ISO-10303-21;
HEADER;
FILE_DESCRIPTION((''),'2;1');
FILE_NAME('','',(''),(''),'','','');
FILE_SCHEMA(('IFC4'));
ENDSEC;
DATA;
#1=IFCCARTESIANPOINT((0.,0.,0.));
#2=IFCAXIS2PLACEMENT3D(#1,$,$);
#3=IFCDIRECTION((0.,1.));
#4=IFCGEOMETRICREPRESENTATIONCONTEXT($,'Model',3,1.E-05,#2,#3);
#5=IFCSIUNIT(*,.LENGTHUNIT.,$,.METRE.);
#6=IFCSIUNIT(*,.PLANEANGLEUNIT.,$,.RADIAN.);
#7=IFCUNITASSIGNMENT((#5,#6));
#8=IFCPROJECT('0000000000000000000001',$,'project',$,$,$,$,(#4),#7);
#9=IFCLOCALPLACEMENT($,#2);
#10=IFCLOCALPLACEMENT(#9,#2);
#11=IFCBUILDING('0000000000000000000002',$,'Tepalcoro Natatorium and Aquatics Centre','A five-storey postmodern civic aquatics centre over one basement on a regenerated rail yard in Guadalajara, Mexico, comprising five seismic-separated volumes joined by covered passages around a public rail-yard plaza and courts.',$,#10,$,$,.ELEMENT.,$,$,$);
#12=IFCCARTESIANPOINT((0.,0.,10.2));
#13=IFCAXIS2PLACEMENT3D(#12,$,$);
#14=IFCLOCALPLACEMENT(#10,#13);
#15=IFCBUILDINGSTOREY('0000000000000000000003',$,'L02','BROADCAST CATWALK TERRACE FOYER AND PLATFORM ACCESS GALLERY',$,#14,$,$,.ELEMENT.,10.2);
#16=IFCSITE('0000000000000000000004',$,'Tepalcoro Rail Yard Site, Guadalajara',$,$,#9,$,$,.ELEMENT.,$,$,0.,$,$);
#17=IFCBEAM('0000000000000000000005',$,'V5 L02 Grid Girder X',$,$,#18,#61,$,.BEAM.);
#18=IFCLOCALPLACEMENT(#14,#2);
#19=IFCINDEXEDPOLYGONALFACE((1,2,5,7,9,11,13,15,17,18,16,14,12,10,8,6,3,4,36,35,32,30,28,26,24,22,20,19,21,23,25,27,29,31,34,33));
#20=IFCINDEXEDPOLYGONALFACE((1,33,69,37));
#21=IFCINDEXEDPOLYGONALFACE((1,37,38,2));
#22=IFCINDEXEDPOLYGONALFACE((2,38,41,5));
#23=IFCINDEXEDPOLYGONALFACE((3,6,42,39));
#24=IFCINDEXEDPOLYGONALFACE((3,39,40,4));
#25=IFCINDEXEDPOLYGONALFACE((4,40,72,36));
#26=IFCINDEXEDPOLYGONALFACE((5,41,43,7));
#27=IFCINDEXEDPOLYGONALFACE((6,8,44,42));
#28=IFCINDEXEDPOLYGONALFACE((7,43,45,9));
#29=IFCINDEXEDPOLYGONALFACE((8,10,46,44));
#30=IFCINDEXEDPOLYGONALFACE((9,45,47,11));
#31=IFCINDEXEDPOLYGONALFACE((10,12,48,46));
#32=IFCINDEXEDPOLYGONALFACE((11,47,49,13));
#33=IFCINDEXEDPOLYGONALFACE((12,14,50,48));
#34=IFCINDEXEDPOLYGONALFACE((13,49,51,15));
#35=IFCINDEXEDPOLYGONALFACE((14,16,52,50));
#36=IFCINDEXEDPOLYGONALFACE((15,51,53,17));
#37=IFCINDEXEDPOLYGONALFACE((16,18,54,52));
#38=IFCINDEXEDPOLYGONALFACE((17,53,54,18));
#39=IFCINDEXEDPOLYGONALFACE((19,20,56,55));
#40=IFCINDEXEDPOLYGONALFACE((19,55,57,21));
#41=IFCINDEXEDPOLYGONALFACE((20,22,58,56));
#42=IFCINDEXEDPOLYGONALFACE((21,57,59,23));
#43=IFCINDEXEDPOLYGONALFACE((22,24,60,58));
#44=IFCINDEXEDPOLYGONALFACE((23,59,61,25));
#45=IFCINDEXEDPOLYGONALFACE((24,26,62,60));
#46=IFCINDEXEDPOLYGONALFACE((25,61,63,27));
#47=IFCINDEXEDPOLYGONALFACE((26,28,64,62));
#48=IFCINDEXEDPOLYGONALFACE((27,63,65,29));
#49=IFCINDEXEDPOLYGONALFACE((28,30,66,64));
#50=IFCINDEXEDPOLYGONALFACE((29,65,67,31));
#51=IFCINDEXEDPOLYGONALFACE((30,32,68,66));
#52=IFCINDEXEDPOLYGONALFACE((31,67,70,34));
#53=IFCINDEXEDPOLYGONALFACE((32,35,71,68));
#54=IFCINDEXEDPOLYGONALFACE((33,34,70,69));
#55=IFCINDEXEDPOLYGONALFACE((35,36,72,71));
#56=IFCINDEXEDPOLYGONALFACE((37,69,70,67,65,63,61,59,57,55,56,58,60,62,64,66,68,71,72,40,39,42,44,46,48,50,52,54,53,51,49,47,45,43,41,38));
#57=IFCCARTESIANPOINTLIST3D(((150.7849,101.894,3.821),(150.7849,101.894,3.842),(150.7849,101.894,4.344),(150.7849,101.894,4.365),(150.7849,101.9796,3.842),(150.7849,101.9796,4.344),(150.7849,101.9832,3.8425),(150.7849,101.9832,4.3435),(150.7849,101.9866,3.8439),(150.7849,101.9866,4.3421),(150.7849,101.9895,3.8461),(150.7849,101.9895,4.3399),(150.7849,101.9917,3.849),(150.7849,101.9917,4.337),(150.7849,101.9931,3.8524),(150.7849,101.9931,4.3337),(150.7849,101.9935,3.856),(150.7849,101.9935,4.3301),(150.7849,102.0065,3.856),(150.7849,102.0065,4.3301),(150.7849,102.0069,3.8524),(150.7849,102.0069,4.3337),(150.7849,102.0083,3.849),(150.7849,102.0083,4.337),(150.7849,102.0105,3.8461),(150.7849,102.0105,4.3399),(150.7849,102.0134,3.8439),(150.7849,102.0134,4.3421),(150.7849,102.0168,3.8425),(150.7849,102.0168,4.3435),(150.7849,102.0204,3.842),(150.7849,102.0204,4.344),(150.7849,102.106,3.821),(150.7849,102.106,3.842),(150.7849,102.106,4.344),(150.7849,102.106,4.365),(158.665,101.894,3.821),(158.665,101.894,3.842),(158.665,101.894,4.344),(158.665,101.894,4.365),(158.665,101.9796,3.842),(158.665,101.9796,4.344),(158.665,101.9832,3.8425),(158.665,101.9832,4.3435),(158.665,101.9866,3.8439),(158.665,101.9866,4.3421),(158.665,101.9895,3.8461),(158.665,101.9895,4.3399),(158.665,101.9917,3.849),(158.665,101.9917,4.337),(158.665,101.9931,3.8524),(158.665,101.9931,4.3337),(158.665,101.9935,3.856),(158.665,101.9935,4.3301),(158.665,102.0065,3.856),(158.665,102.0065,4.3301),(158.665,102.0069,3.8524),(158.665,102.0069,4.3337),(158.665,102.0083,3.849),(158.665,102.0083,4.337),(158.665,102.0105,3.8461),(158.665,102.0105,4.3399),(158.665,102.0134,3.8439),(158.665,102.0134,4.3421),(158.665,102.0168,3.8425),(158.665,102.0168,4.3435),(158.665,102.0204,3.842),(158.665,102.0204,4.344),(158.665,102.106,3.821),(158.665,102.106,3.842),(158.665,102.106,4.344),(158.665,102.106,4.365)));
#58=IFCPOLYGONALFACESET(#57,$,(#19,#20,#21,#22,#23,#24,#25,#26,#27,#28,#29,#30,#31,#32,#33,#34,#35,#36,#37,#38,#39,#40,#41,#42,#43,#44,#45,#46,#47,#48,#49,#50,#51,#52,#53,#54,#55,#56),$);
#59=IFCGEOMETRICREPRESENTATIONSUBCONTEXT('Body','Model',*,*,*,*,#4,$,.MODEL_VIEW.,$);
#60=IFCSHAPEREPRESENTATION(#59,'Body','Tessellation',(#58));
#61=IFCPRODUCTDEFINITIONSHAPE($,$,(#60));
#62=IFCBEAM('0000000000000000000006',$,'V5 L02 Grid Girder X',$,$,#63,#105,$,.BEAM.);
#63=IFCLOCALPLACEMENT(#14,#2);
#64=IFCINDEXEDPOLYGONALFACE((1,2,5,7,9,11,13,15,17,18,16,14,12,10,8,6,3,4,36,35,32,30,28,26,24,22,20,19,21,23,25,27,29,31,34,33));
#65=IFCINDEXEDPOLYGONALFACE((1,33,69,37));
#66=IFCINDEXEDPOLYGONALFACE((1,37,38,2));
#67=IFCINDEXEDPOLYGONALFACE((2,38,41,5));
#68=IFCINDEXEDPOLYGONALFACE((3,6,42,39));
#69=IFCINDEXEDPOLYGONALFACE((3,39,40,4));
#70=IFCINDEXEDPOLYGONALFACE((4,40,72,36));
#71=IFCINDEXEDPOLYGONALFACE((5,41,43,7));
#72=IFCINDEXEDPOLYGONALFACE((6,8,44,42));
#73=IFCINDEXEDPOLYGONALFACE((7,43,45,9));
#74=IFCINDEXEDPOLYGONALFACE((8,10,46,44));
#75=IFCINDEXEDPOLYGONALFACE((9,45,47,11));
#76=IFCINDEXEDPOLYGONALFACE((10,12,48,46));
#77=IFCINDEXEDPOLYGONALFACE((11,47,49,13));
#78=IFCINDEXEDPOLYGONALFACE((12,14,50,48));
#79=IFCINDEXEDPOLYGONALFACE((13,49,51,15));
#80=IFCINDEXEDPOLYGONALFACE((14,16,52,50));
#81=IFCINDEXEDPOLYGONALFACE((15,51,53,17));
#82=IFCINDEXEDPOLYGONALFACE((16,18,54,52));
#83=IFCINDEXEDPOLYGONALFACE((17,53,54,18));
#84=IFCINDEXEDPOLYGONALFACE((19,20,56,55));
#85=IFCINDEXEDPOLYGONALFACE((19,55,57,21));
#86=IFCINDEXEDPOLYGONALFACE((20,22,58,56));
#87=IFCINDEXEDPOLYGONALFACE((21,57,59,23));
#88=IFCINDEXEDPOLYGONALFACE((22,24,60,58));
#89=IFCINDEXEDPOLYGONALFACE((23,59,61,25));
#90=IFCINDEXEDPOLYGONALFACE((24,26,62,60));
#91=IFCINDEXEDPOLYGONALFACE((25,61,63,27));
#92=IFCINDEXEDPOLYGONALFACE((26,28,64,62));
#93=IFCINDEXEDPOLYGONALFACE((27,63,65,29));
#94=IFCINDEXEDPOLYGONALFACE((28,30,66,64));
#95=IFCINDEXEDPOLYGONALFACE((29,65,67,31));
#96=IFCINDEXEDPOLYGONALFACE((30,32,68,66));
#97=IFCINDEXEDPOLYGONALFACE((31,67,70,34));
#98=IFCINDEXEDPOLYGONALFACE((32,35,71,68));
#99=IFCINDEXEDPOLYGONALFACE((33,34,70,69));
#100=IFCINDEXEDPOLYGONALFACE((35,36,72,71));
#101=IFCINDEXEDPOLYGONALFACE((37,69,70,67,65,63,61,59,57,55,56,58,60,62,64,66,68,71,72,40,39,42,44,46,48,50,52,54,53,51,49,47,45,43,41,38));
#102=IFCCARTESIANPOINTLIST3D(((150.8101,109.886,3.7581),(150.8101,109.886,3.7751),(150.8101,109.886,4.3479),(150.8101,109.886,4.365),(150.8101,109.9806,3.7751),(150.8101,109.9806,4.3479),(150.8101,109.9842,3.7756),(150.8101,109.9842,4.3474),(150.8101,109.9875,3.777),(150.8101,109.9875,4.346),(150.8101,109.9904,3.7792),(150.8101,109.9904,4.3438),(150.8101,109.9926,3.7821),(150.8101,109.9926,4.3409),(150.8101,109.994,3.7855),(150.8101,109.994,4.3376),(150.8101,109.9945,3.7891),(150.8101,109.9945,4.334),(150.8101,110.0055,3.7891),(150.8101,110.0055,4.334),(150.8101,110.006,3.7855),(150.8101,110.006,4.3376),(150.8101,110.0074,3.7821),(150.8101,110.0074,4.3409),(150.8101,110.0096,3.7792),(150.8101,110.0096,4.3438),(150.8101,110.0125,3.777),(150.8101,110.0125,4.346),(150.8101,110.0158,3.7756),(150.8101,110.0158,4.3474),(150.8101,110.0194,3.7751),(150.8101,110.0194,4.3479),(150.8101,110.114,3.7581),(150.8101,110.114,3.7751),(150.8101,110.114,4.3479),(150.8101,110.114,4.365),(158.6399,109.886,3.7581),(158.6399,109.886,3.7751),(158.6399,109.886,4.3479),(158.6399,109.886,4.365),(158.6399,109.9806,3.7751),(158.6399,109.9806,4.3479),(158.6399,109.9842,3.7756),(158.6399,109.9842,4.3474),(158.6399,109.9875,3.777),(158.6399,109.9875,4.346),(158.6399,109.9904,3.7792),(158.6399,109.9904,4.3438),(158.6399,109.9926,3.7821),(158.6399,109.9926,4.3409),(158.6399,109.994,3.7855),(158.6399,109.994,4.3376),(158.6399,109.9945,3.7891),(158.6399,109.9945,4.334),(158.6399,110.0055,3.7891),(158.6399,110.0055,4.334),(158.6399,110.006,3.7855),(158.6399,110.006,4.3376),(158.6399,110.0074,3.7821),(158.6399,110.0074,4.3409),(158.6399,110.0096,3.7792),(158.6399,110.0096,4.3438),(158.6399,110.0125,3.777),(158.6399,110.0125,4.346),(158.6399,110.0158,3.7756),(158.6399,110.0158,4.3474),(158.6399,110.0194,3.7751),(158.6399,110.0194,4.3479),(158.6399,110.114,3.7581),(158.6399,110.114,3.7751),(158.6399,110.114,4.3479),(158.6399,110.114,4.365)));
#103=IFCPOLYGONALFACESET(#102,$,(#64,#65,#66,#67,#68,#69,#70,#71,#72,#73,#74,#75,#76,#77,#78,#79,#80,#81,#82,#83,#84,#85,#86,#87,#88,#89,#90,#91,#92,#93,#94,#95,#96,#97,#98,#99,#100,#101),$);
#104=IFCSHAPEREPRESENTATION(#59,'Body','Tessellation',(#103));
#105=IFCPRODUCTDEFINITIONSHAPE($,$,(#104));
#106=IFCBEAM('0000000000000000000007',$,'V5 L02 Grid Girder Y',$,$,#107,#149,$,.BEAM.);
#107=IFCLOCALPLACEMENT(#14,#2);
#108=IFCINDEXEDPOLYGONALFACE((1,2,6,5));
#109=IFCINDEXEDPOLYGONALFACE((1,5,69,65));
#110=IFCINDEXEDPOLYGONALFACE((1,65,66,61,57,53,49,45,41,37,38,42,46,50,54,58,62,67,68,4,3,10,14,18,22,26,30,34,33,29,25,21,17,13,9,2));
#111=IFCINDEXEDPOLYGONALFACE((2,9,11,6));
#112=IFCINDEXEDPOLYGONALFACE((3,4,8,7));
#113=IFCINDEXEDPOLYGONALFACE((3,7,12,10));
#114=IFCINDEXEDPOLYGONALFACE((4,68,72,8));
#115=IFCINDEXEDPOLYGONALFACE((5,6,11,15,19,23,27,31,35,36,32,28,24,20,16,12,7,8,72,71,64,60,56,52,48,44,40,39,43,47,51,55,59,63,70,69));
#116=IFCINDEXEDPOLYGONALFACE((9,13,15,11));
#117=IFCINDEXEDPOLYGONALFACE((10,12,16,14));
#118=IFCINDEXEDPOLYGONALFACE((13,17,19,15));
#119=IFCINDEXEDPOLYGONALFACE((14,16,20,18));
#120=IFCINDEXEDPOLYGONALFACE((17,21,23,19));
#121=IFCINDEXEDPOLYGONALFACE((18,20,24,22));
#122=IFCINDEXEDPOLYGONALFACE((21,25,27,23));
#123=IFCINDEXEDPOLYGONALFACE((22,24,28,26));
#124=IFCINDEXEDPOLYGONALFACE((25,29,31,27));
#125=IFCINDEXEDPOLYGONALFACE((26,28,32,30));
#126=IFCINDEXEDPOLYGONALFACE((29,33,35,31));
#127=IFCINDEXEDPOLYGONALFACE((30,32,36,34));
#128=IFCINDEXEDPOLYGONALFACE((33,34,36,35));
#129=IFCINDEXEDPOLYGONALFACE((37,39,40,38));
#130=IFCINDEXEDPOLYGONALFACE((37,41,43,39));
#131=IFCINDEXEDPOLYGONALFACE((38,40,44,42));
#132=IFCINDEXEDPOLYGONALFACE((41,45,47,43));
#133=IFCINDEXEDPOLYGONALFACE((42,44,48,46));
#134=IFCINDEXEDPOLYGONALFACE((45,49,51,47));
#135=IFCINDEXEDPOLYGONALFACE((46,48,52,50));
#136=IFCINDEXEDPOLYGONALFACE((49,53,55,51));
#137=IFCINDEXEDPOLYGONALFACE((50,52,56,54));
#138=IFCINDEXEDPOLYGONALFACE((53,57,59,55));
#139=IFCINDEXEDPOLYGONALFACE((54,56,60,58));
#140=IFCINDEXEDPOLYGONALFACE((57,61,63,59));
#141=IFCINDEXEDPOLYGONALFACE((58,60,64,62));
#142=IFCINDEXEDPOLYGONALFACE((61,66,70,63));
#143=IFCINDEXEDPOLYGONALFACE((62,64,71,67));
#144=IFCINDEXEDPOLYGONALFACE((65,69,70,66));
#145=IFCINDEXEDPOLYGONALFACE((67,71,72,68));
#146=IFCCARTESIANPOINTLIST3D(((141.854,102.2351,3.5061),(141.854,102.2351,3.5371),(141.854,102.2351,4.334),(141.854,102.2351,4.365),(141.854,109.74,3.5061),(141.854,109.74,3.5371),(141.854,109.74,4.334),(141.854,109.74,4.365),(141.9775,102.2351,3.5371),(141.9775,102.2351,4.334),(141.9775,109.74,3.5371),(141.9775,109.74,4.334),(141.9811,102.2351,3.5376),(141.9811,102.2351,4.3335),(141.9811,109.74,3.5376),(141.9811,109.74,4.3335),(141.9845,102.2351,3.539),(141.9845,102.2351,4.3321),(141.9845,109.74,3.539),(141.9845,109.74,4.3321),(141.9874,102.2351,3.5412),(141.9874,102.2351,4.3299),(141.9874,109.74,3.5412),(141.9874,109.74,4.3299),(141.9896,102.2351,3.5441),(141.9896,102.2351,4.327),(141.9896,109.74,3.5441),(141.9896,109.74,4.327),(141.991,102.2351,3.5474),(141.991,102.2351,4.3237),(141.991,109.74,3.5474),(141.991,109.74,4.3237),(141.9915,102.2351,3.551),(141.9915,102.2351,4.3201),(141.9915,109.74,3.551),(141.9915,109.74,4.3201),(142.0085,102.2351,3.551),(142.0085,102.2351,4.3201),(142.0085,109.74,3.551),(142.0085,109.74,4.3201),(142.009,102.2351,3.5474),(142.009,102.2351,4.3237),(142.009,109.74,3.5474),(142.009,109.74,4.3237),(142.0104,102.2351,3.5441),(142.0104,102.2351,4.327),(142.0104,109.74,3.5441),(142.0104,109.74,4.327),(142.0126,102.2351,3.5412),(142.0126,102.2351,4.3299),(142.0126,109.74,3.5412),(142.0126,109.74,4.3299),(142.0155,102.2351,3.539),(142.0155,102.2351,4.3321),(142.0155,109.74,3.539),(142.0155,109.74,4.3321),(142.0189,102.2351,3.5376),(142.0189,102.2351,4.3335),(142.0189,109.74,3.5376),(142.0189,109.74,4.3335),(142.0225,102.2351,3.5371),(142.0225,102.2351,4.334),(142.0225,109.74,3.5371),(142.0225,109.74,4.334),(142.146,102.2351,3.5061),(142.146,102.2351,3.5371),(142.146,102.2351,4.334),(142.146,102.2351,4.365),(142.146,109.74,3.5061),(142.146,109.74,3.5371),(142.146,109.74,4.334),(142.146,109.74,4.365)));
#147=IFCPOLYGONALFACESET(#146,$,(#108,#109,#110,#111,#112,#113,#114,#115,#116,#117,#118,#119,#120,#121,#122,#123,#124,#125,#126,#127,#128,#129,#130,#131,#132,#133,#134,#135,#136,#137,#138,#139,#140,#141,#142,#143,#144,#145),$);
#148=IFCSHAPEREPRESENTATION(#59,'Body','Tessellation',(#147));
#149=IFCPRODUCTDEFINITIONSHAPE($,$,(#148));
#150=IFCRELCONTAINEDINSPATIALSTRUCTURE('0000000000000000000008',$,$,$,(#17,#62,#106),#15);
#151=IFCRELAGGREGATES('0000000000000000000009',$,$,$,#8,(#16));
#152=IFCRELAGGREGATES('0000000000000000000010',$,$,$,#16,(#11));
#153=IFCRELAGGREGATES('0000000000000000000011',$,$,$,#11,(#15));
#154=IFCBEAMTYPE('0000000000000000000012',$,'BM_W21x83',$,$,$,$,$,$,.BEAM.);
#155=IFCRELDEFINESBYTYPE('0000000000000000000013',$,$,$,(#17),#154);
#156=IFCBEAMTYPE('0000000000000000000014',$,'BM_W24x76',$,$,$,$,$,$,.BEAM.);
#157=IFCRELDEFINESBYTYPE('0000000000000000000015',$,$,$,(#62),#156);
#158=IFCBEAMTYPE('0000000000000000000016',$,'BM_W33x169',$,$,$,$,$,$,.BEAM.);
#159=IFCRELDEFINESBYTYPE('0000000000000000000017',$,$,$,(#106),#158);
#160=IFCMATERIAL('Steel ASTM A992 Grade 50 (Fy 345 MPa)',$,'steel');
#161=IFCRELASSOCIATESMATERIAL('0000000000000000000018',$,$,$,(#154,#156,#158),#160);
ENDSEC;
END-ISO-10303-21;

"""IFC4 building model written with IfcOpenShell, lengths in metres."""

from ifc_helpers import new_model, si_unit, direction, frame, origin, origin_2d, place, context, subcontext, project, spatial, i_section, extrude, material, material_profile, profile_set, type_object, element, save


model = new_model("IFC4")

# Units and contexts
model_context = context("Model", 3, precision=1e-05, world=origin(), true_north=direction((0.0, 1.0)))
body_context = subcontext(model_context, "Body", "Model", "MODEL_VIEW")
ifc_project = project(units=[si_unit("LENGTHUNIT", "METRE"), si_unit("PLANEANGLEUNIT", "RADIAN")], contexts=[model_context])

# Site, building, storey
site_placement = place(None, origin())
site = spatial("IfcSite", under=ifc_project, at=site_placement, Name="Tepalcoro Rail Yard Site, Guadalajara", CompositionType="ELEMENT", RefElevation=0.0)
building_placement = place(site_placement, origin())
building = spatial("IfcBuilding", under=site, at=building_placement, Name="Tepalcoro Natatorium and Aquatics Centre", Description="A five-storey postmodern civic aquatics centre over one basement on a regenerated rail yard in Guadalajara, Mexico, comprising five seismic-separated volumes joined by covered passages around a public rail-yard plaza and courts.", CompositionType="ELEMENT")
storey_placement = place(building_placement, frame((0.0, 0.0, 10.2)))
storey = spatial("IfcBuildingStorey", under=building, at=storey_placement, Name="L02", Description="BROADCAST CATWALK TERRACE FOYER AND PLATFORM ACCESS GALLERY", CompositionType="ELEMENT", Elevation=10.2)

# Beams
ifc_material_1 = material(Name="Steel ASTM A992 Grade 50 (Fy 345 MPa)", Category="steel")
ifc_material_profile_1 = material_profile(ifc_material_1, i_section(OverallWidth=0.2119, OverallDepth=0.5439, WebThickness=0.0129, FlangeThickness=0.021, FilletRadius=0.0139, at=origin_2d()), Name="W21X83")
ifc_profile_set_1 = profile_set([ifc_material_profile_1], Name="Steel ASTM A992 Grade 50 (Fy 345 MPa)")
beam_type_1 = type_object("IfcBeamType", Name="BM_W21x83", PredefinedType="BEAM", material=ifc_profile_set_1)
beam_1_placement = place(storey_placement, frame((150.7849, 102.0, 4.093), z_axis=(1.0, 0.0, 0.0), x_axis=(0.0, 1.0, 0.0)))
element("IfcBeam", 1, at=beam_1_placement, inside=storey, type_object=beam_type_1, Name="V5 L02 Grid Girder X", PredefinedType="BEAM", context=body_context, shape_type="SweptSolid", body=[
    extrude(i_section(OverallWidth=0.2119, OverallDepth=0.5439, WebThickness=0.0129, FlangeThickness=0.021, FilletRadius=0.0139, at=origin_2d()), origin(), (0.0, 0.0, 1.0), 7.8801),
])
ifc_material_profile_2 = material_profile(ifc_material_1, i_section(OverallWidth=0.228, OverallDepth=0.6069, WebThickness=0.011, FlangeThickness=0.0171, FilletRadius=0.0139, at=origin_2d()), Name="W24X76")
ifc_profile_set_2 = profile_set([ifc_material_profile_2], Name="Steel ASTM A992 Grade 50 (Fy 345 MPa)")
beam_type_2 = type_object("IfcBeamType", Name="BM_W24x76", PredefinedType="BEAM", material=ifc_profile_set_2)
beam_2_placement = place(storey_placement, frame((150.8101, 110.0, 4.0615), z_axis=(1.0, 0.0, 0.0), x_axis=(0.0, 1.0, 0.0)))
element("IfcBeam", 2, at=beam_2_placement, inside=storey, type_object=beam_type_2, Name="V5 L02 Grid Girder X", PredefinedType="BEAM", context=body_context, shape_type="SweptSolid", body=[
    extrude(i_section(OverallWidth=0.228, OverallDepth=0.6069, WebThickness=0.011, FlangeThickness=0.0171, FilletRadius=0.0139, at=origin_2d()), origin(), (0.0, 0.0, 1.0), 7.8298),
])
ifc_material_profile_3 = material_profile(ifc_material_1, i_section(OverallWidth=0.292, OverallDepth=0.8589, WebThickness=0.0171, FlangeThickness=0.031, FilletRadius=0.0139, at=origin_2d()), Name="W33X169")
ifc_profile_set_3 = profile_set([ifc_material_profile_3], Name="Steel ASTM A992 Grade 50 (Fy 345 MPa)")
beam_type_3 = type_object("IfcBeamType", Name="BM_W33x169", PredefinedType="BEAM", material=ifc_profile_set_3)
beam_3_placement = place(storey_placement, frame((142.0, 102.2351, 3.9355), z_axis=(0.0, 1.0, 0.0), x_axis=(-1.0, 0.0, 0.0)))
element("IfcBeam", 3, at=beam_3_placement, inside=storey, type_object=beam_type_3, Name="V5 L02 Grid Girder Y", PredefinedType="BEAM", context=body_context, shape_type="SweptSolid", body=[
    extrude(i_section(OverallWidth=0.292, OverallDepth=0.8589, WebThickness=0.0171, FlangeThickness=0.031, FilletRadius=0.0139, at=origin_2d()), origin(), (0.0, 0.0, 1.0), 7.5049),
])

save(model, "model.ifc")
